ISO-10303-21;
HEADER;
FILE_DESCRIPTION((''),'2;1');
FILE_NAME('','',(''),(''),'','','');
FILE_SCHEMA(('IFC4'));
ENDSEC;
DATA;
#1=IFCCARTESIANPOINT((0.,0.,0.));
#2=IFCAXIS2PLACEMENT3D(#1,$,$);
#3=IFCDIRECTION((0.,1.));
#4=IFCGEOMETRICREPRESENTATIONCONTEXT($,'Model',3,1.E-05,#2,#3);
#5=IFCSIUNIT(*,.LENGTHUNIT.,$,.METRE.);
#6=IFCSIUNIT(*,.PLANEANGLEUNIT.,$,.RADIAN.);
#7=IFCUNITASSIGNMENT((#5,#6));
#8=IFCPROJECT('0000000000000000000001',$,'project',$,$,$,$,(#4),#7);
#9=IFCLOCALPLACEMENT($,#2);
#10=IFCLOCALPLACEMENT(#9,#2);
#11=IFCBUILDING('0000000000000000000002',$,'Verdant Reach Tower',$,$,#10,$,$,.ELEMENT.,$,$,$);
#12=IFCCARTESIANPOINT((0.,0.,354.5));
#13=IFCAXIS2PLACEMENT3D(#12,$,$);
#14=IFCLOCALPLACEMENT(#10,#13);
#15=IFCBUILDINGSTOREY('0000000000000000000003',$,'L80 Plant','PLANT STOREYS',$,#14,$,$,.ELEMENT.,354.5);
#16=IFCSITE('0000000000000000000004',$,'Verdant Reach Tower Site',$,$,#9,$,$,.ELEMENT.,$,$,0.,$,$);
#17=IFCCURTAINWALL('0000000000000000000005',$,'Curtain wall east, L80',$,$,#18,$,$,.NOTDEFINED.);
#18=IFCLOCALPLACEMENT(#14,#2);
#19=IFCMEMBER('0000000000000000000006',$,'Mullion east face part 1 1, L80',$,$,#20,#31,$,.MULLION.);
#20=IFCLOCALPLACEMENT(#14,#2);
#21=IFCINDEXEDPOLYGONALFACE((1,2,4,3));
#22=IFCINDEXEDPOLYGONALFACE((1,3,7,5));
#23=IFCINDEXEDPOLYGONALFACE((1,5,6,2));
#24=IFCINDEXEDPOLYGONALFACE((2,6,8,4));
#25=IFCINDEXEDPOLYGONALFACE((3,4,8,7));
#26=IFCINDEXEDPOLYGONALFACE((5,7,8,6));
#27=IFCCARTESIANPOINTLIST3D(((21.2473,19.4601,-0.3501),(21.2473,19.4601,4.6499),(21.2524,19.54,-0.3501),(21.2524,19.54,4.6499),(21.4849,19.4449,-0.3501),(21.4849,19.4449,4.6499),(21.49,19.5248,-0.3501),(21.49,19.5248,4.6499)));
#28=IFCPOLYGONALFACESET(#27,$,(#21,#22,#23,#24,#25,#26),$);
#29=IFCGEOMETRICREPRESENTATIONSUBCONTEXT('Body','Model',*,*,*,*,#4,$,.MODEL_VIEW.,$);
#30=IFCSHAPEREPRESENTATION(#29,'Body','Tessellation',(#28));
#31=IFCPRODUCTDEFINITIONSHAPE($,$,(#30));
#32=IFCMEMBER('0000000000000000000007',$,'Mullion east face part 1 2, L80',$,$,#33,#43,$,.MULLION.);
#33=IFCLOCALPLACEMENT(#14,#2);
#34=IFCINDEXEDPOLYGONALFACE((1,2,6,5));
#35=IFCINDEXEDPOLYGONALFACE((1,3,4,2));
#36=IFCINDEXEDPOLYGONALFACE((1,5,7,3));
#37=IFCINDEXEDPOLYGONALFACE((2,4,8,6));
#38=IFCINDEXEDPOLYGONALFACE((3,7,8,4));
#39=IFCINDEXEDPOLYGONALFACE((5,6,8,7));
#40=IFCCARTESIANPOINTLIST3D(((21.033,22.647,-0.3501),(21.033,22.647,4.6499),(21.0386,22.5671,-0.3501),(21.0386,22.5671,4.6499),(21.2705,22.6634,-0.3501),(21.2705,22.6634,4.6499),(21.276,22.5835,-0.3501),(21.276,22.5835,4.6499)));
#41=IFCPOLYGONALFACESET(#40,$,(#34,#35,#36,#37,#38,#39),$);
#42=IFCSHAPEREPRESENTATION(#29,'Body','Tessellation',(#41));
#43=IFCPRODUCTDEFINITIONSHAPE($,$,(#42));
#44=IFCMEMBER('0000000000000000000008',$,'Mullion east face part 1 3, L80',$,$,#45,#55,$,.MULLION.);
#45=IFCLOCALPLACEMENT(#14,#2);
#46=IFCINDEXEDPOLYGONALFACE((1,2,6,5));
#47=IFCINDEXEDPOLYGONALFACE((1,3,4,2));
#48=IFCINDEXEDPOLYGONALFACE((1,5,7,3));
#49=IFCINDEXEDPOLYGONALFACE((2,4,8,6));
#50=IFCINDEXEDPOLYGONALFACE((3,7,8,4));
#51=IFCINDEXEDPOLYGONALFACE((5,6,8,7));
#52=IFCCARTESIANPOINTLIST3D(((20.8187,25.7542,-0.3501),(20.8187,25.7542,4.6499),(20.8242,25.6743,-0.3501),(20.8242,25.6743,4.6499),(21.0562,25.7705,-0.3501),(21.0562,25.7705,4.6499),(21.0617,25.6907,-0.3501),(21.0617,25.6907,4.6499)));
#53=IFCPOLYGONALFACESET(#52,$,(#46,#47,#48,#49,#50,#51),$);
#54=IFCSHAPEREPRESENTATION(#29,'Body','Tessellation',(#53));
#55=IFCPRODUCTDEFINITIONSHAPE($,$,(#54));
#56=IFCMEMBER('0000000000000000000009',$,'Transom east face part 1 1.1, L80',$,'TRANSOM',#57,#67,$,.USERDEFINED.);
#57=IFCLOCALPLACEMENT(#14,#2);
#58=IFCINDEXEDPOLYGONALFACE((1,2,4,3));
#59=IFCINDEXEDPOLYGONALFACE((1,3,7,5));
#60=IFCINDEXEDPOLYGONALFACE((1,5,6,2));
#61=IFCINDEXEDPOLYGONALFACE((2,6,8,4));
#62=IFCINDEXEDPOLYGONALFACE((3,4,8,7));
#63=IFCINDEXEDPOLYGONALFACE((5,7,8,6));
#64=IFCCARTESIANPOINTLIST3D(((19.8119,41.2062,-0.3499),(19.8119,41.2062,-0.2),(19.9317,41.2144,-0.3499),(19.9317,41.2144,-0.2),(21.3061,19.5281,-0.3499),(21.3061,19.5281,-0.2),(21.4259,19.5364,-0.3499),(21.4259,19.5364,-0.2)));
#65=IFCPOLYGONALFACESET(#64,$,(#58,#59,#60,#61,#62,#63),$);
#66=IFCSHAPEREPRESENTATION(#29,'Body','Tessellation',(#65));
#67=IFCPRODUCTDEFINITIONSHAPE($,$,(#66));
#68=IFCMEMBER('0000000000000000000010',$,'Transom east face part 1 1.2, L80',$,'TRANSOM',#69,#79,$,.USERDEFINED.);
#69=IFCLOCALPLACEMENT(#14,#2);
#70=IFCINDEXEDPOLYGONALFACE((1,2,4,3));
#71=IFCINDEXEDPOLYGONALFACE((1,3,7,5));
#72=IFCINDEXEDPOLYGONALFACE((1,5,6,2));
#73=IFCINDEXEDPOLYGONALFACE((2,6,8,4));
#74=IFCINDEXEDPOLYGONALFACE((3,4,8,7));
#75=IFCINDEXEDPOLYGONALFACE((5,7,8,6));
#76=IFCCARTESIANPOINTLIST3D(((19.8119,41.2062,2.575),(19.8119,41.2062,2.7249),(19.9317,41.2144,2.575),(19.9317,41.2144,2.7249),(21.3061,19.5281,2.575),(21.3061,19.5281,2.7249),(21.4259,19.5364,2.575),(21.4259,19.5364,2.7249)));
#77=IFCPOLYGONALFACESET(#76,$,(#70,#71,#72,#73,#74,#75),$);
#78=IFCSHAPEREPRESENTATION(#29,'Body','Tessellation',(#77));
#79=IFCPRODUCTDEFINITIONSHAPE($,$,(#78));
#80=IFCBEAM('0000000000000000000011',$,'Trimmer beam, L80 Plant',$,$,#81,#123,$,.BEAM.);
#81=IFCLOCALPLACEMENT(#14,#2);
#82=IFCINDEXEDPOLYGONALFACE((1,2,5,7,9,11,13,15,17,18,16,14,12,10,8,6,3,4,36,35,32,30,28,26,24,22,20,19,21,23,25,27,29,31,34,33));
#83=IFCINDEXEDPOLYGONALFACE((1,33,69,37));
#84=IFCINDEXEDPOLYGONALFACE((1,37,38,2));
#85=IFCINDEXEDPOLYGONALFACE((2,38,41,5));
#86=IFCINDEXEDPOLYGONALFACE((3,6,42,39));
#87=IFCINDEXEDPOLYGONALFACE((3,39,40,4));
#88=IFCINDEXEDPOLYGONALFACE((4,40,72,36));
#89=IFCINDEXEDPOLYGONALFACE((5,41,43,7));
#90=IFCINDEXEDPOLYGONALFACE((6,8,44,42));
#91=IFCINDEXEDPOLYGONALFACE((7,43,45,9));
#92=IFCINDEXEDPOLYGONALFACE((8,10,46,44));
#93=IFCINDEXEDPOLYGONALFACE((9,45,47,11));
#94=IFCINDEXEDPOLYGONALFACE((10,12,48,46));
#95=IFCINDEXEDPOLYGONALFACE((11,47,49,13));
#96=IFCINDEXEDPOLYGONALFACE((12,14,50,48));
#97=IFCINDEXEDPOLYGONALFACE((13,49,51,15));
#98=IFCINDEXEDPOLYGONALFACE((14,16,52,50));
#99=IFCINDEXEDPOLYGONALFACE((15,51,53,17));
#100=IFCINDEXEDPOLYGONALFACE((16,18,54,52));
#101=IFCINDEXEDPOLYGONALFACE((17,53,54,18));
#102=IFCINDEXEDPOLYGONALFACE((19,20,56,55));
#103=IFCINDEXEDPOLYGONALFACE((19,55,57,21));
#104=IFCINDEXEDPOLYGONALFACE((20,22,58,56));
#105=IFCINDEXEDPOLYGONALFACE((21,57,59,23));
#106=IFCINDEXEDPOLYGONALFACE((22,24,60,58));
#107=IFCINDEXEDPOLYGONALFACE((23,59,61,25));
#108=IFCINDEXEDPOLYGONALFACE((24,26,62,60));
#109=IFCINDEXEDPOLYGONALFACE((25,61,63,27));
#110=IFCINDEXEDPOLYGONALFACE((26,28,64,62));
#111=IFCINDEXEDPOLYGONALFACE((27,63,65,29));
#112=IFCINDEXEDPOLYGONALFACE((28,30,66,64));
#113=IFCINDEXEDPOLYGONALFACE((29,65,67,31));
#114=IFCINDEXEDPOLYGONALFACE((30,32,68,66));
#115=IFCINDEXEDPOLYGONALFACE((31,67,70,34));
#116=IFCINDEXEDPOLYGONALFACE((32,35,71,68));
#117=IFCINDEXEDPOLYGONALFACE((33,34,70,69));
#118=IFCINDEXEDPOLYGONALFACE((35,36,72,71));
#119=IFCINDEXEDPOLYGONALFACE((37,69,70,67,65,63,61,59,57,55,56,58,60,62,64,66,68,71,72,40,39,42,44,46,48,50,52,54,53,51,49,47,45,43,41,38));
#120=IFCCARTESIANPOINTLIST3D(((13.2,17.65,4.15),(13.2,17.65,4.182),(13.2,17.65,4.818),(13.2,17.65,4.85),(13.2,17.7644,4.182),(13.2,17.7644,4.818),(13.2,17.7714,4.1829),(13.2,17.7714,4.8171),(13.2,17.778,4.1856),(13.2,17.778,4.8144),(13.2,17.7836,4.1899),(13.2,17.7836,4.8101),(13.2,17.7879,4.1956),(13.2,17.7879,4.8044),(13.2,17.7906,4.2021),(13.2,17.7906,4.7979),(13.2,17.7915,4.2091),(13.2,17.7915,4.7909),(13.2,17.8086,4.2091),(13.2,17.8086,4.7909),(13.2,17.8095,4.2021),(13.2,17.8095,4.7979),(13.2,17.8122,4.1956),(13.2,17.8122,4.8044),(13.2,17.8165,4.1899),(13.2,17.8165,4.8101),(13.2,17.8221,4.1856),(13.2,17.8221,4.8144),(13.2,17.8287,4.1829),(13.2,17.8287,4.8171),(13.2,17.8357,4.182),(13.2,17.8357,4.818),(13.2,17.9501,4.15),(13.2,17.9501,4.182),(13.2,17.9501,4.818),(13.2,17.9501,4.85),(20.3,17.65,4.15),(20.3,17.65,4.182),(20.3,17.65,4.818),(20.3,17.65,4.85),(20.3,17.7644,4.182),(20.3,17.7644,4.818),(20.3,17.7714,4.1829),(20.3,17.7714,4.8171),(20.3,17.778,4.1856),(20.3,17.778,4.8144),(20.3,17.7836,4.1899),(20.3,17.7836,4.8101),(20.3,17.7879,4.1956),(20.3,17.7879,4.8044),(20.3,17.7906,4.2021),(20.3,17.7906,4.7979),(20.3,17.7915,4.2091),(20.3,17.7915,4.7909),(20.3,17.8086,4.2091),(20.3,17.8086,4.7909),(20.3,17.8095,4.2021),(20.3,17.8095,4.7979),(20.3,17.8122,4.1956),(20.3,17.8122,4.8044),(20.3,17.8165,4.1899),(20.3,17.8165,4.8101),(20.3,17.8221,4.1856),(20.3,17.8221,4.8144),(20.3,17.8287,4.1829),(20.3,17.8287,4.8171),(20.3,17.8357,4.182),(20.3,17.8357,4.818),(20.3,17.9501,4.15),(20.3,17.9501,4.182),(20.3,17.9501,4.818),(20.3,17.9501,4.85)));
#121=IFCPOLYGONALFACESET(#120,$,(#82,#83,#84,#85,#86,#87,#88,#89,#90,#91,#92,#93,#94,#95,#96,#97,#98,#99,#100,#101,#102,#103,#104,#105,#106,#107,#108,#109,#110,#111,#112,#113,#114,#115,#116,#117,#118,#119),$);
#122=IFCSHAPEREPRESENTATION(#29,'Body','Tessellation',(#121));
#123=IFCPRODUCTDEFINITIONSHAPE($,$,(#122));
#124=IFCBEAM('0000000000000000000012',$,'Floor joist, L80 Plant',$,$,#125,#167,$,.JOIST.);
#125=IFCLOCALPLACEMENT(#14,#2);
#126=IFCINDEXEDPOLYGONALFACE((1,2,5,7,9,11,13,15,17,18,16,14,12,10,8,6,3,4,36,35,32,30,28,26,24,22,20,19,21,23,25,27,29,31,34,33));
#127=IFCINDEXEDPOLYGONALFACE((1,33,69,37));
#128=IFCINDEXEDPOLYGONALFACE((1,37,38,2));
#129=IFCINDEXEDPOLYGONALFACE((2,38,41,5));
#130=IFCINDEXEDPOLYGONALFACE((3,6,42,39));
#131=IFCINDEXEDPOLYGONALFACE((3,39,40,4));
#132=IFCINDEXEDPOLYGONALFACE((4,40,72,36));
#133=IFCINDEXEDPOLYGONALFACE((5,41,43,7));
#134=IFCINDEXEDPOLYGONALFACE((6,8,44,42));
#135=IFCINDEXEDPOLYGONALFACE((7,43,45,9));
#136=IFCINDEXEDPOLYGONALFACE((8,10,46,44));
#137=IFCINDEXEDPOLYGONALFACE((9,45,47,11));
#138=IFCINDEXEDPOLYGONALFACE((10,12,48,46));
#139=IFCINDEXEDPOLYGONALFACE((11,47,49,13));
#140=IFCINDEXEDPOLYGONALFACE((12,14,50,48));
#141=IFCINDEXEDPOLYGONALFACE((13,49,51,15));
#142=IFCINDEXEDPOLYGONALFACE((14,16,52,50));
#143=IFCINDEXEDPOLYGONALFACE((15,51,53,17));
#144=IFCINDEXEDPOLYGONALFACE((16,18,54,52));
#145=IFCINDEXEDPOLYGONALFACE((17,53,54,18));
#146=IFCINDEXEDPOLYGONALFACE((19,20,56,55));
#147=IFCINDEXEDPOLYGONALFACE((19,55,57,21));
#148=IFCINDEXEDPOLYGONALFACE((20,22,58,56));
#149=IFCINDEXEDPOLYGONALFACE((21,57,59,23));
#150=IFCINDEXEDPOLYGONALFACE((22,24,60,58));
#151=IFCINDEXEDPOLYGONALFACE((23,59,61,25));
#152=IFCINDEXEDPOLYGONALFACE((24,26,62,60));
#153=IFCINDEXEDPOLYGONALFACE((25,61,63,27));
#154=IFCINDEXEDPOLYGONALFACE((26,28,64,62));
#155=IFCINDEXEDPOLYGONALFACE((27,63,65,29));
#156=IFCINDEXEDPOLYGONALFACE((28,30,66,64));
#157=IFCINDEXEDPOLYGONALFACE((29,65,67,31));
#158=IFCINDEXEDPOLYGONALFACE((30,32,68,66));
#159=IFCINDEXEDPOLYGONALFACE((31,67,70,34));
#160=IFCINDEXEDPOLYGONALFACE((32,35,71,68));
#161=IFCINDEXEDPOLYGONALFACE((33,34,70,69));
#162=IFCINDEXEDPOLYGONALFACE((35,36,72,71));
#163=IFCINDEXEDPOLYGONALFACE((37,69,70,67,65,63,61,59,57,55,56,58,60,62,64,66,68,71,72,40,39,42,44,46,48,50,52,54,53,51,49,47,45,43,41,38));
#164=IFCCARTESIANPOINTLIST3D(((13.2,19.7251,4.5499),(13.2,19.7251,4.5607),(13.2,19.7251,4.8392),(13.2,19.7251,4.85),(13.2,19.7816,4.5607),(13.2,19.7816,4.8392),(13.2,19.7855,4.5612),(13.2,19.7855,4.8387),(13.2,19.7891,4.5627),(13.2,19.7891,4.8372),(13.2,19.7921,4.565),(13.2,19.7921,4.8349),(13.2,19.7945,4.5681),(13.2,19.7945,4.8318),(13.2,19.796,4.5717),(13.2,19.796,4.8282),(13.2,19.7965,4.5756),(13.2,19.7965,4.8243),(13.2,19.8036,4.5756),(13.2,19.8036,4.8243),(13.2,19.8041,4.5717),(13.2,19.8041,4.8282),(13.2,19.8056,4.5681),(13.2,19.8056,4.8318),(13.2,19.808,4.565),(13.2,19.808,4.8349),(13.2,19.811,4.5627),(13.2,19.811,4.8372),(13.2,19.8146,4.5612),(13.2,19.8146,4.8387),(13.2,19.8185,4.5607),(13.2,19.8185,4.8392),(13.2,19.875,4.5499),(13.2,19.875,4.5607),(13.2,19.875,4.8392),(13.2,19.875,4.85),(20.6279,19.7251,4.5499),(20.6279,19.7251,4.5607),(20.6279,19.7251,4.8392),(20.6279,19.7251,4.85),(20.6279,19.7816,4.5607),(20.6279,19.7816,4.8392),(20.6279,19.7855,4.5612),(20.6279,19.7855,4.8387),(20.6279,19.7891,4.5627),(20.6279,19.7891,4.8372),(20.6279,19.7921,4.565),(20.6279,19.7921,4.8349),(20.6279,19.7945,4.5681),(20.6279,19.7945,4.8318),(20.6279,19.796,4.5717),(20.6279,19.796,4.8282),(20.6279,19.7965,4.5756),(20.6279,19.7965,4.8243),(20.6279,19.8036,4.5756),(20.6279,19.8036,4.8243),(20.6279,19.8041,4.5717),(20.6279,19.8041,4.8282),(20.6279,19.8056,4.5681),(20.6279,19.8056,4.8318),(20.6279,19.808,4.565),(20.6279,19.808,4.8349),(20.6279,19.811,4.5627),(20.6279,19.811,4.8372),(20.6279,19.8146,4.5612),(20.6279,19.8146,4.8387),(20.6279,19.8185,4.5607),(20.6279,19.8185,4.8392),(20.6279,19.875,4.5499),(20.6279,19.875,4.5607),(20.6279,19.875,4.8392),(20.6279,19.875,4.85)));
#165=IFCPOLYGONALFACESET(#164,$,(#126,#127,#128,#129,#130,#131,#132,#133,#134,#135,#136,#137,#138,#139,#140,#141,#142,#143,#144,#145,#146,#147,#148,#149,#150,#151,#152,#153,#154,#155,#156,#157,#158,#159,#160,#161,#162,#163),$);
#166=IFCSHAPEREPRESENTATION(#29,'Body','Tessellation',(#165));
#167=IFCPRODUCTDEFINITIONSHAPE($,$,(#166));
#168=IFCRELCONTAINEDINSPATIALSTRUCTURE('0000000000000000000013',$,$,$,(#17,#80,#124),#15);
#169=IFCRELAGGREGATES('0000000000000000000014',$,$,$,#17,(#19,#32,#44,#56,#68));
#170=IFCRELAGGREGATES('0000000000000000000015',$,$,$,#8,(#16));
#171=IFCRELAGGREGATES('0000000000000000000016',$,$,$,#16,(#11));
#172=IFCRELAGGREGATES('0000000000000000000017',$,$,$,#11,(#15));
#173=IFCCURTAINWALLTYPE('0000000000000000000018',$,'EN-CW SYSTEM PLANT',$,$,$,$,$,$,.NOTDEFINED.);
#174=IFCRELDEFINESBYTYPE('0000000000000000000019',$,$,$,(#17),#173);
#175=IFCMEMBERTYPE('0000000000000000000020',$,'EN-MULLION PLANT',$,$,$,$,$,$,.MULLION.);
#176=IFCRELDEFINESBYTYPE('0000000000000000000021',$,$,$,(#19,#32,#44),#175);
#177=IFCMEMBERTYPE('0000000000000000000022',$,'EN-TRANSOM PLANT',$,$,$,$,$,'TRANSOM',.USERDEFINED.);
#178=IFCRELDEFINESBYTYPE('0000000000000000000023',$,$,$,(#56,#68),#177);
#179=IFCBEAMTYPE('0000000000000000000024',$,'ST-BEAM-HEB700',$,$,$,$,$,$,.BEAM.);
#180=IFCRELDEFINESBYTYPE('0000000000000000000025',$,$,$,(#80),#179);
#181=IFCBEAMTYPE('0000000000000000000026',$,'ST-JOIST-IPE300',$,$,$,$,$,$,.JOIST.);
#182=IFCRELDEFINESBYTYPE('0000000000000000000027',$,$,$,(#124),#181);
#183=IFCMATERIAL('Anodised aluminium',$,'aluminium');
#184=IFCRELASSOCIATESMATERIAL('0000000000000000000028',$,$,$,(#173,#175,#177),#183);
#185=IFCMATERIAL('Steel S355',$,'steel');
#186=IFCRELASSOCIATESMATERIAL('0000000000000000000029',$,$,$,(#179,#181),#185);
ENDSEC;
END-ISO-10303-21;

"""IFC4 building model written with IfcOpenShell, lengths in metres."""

from ifc_helpers import new_model, si_unit, direction, frame, origin, origin_2d, place, context, subcontext, project, spatial, rectangle, i_section, extrude, material, material_profile, profile_set, type_object, element, aggregate, save


model = new_model("IFC4")

# Units and contexts
model_context = context("Model", 3, precision=1e-05, world=origin(), true_north=direction((0.0, 1.0)))
body_context = subcontext(model_context, "Body", "Model", "MODEL_VIEW")
ifc_project = project(units=[si_unit("LENGTHUNIT", "METRE"), si_unit("PLANEANGLEUNIT", "RADIAN")], contexts=[model_context])

# Site, building, storey
site_placement = place(None, origin())
site = spatial("IfcSite", under=ifc_project, at=site_placement, Name="Verdant Reach Tower Site", CompositionType="ELEMENT", RefElevation=0.0)
building_placement = place(site_placement, origin())
building = spatial("IfcBuilding", under=site, at=building_placement, Name="Verdant Reach Tower", CompositionType="ELEMENT")
storey_placement = place(building_placement, frame((0.0, 0.0, 354.5)))
storey = spatial("IfcBuildingStorey", under=building, at=storey_placement, Name="L80 Plant", Description="PLANT STOREYS", CompositionType="ELEMENT", Elevation=354.5)

# Curtain wall, members
ifc_material_1 = material(Name="Anodised aluminium", Category="aluminium")
curtain_wall_type = type_object("IfcCurtainWallType", Name="EN-CW SYSTEM PLANT", PredefinedType="NOTDEFINED", material=ifc_material_1)
curtain_wall_1_placement = place(storey_placement, origin())
curtain_wall_1 = element("IfcCurtainWall", 1, at=curtain_wall_1_placement, inside=storey, type_object=curtain_wall_type, Name="Curtain wall east, L80", PredefinedType="NOTDEFINED")
ifc_material_profile_1 = material_profile(ifc_material_1, rectangle(XDim=0.238, YDim=0.0801, at=origin_2d()), Name="Mullion 80x240")
ifc_profile_set_1 = profile_set([ifc_material_profile_1], Name="Anodised aluminium")
member_type_1 = type_object("IfcMemberType", Name="EN-MULLION PLANT", PredefinedType="MULLION", material=ifc_profile_set_1)
member_1_placement = place(storey_placement, frame((21.3687, 19.4924, -0.3501), z_axis=(0.0, 0.0, 1.0), x_axis=(0.997969, -0.063699, 0.0)))
member_1 = element("IfcMember", 2, at=member_1_placement, type_object=member_type_1, Name="Mullion east face part 1 1, L80", PredefinedType="MULLION", context=body_context, shape_type="SweptSolid", body=[
    extrude(rectangle(XDim=0.238, YDim=0.0801, at=origin_2d()), origin(), (0.0, 0.0, 1.0), 5.0),
])
member_2_placement = place(storey_placement, frame((21.1545, 22.6152, -0.3501), z_axis=(0.0, 0.0, 1.0), x_axis=(0.99763, 0.068802, 0.0)))
member_2 = element("IfcMember", 3, at=member_2_placement, type_object=member_type_1, Name="Mullion east face part 1 2, L80", PredefinedType="MULLION", context=body_context, shape_type="SweptSolid", body=[
    extrude(rectangle(XDim=0.238, YDim=0.0801, at=origin_2d()), origin(), (0.0, 0.0, 1.0), 5.0),
])
member_3_placement = place(storey_placement, frame((20.9402, 25.7224, -0.3501), z_axis=(0.0, 0.0, 1.0), x_axis=(0.99763, 0.068802, 0.0)))
member_3 = element("IfcMember", 4, at=member_3_placement, type_object=member_type_1, Name="Mullion east face part 1 3, L80", PredefinedType="MULLION", context=body_context, shape_type="SweptSolid", body=[
    extrude(rectangle(XDim=0.238, YDim=0.0801, at=origin_2d()), origin(), (0.0, 0.0, 1.0), 5.0),
])
ifc_material_profile_2 = material_profile(ifc_material_1, rectangle(XDim=0.1201, YDim=0.1499, at=origin_2d()), Name="Transom 150x120")
ifc_profile_set_2 = profile_set([ifc_material_profile_2], Name="Anodised aluminium")
member_type_2 = type_object("IfcMemberType", Name="EN-TRANSOM PLANT", ElementType="TRANSOM", PredefinedType="USERDEFINED", material=ifc_profile_set_2)
member_4_placement = place(storey_placement, frame((21.366, 19.5322, -0.2749), z_axis=(-0.068761, 0.997633, 0.0), x_axis=(-0.997633, -0.068761, 0.0)))
member_4 = element("IfcMember", 5, at=member_4_placement, type_object=member_type_2, Name="Transom east face part 1 1.1, L80", ObjectType="TRANSOM", PredefinedType="USERDEFINED", context=body_context, shape_type="SweptSolid", body=[
    extrude(rectangle(XDim=0.1201, YDim=0.1499, at=origin_2d()), origin(), (0.0, 0.0, 1.0), 21.7295),
])
member_5_placement = place(storey_placement, frame((21.366, 19.5322, 2.6499), z_axis=(-0.068761, 0.997633, 0.0), x_axis=(-0.997633, -0.068761, 0.0)))
member_5 = element("IfcMember", 6, at=member_5_placement, type_object=member_type_2, Name="Transom east face part 1 1.2, L80", ObjectType="TRANSOM", PredefinedType="USERDEFINED", context=body_context, shape_type="SweptSolid", body=[
    extrude(rectangle(XDim=0.1201, YDim=0.1499, at=origin_2d()), origin(), (0.0, 0.0, 1.0), 21.7295),
])

# Beams
ifc_material_2 = material(Name="Steel S355", Category="steel")
ifc_material_profile_3 = material_profile(ifc_material_2, i_section(OverallWidth=0.3, OverallDepth=0.7, WebThickness=0.0171, FlangeThickness=0.032, FilletRadius=0.0271, at=origin_2d()), Name="HEB 700")
ifc_profile_set_3 = profile_set([ifc_material_profile_3], Name="Steel S355")
beam_type_1 = type_object("IfcBeamType", Name="ST-BEAM-HEB700", PredefinedType="BEAM", material=ifc_profile_set_3)
beam_1_placement = place(storey_placement, frame((13.2, 17.8, 4.5), z_axis=(1.0, 0.0, 0.0), x_axis=(0.0, 1.0, 0.0)))
element("IfcBeam", 7, at=beam_1_placement, inside=storey, type_object=beam_type_1, Name="Trimmer beam, L80 Plant", PredefinedType="BEAM", context=body_context, shape_type="SweptSolid", body=[
    extrude(i_section(OverallWidth=0.3, OverallDepth=0.7, WebThickness=0.0171, FlangeThickness=0.032, FilletRadius=0.0271, at=origin_2d()), origin(), (0.0, 0.0, 1.0), 7.1001),
])
ifc_material_profile_4 = material_profile(ifc_material_2, i_section(OverallWidth=0.1499, OverallDepth=0.3, WebThickness=0.0071, FlangeThickness=0.0107, FilletRadius=0.0149, at=origin_2d()), Name="IPE 300")
ifc_profile_set_4 = profile_set([ifc_material_profile_4], Name="Steel S355")
beam_type_2 = type_object("IfcBeamType", Name="ST-JOIST-IPE300", PredefinedType="JOIST", material=ifc_profile_set_4)
beam_2_placement = place(storey_placement, frame((13.2, 19.8, 4.7), z_axis=(1.0, 0.0, 0.0), x_axis=(0.0, 1.0, 0.0)))
element("IfcBeam", 8, at=beam_2_placement, inside=storey, type_object=beam_type_2, Name="Floor joist, L80 Plant", PredefinedType="JOIST", context=body_context, shape_type="SweptSolid", body=[
    extrude(i_section(OverallWidth=0.1499, OverallDepth=0.3, WebThickness=0.0071, FlangeThickness=0.0107, FilletRadius=0.0149, at=origin_2d()), origin(), (0.0, 0.0, 1.0), 7.428),
])

aggregate(curtain_wall_1, [member_1, member_2, member_3, member_4, member_5])

save(model, "model.ifc")
